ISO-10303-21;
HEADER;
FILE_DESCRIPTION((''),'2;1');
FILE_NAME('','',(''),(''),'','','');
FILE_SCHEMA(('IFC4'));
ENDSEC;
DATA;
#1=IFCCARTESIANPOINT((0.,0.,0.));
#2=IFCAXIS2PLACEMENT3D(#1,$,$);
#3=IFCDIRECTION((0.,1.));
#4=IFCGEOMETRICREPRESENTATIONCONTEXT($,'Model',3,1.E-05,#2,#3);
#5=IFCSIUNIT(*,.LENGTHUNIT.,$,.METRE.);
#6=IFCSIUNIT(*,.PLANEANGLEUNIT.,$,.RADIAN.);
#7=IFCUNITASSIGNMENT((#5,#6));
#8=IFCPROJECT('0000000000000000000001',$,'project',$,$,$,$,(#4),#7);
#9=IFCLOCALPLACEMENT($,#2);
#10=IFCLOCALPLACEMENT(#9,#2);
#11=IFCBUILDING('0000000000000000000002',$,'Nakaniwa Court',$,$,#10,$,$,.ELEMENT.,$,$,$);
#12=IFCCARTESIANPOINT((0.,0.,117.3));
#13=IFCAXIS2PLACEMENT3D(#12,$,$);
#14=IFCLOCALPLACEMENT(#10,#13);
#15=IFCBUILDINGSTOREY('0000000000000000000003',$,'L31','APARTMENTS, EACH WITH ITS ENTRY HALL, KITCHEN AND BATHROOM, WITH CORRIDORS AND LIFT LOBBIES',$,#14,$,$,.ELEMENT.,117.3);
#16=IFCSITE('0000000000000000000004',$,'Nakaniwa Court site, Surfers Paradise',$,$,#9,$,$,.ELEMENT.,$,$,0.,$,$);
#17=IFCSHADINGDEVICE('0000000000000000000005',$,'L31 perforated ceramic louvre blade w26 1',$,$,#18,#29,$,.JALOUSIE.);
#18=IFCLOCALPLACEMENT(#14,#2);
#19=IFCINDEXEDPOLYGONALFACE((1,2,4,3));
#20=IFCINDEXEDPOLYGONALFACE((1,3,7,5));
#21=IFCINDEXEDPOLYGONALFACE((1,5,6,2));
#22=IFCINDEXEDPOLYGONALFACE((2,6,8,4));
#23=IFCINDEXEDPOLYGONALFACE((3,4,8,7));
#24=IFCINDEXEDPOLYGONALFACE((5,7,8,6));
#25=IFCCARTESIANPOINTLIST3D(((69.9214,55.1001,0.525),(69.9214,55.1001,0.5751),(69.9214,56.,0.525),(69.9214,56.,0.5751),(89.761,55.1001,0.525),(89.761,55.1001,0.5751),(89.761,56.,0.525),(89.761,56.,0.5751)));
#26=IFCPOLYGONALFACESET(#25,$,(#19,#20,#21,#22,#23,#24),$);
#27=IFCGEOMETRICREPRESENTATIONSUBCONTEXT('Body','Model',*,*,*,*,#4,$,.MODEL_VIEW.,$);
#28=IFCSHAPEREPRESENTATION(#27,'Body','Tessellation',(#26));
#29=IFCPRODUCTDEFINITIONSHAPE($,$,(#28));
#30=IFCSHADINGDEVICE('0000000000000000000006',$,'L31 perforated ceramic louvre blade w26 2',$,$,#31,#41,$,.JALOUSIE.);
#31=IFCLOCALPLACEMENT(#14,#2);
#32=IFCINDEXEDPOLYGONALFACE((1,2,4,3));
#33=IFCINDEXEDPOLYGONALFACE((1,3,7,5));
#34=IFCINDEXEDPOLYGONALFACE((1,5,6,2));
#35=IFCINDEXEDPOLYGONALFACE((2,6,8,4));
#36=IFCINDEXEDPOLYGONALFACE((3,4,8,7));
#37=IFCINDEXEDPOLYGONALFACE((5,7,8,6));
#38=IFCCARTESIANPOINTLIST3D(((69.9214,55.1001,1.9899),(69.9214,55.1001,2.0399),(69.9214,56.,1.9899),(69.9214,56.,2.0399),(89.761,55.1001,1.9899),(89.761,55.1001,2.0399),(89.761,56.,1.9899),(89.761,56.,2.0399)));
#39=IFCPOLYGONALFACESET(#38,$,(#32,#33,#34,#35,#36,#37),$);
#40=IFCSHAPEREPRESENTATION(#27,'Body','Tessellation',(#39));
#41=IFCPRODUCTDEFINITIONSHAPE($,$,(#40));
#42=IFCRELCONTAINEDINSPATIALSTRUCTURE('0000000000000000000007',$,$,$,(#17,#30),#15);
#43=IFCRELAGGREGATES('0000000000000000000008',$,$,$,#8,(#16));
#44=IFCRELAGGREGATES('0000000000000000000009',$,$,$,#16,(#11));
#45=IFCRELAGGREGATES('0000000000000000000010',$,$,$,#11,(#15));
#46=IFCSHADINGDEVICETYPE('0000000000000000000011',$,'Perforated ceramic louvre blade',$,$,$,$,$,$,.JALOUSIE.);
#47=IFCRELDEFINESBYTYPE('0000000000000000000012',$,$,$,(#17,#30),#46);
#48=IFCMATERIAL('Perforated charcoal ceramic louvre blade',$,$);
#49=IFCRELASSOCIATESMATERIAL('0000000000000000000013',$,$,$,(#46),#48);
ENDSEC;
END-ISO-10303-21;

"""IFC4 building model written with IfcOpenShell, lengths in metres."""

from ifc_helpers import new_model, si_unit, direction, frame, origin, origin_2d, place, context, subcontext, project, spatial, rectangle, extrude, material, material_profile, profile_set, type_object, element, save


model = new_model("IFC4")

# Units and contexts
model_context = context("Model", 3, precision=1e-05, world=origin(), true_north=direction((0.0, 1.0)))
body_context = subcontext(model_context, "Body", "Model", "MODEL_VIEW")
ifc_project = project(units=[si_unit("LENGTHUNIT", "METRE"), si_unit("PLANEANGLEUNIT", "RADIAN")], contexts=[model_context])

# Site, building, storey
site_placement = place(None, origin())
site = spatial("IfcSite", under=ifc_project, at=site_placement, Name="Nakaniwa Court site, Surfers Paradise", CompositionType="ELEMENT", RefElevation=0.0)
building_placement = place(site_placement, origin())
building = spatial("IfcBuilding", under=site, at=building_placement, Name="Nakaniwa Court", CompositionType="ELEMENT")
storey_placement = place(building_placement, frame((0.0, 0.0, 117.3)))
storey = spatial("IfcBuildingStorey", under=building, at=storey_placement, Name="L31", Description="APARTMENTS, EACH WITH ITS ENTRY HALL, KITCHEN AND BATHROOM, WITH CORRIDORS AND LIFT LOBBIES", CompositionType="ELEMENT", Elevation=117.3)

# Shading devices
ifc_material_1 = material(Name="Perforated charcoal ceramic louvre blade")
ifc_material_profile_1 = material_profile(ifc_material_1, rectangle(XDim=0.8999, YDim=0.05, at=origin_2d()), Name="Perforated ceramic louvre blade")
ifc_profile_set_1 = profile_set([ifc_material_profile_1], Name="Perforated charcoal ceramic louvre blade")
shading_device_type = type_object("IfcShadingDeviceType", Name="Perforated ceramic louvre blade", PredefinedType="JALOUSIE", material=ifc_profile_set_1)
for number, where, z_axis, x_axis, name in (
    (1, (69.9214, 55.55, 0.55), (1.0, 0.0, 0.0), (0.0, 1.0, 0.0), "L31 perforated ceramic louvre blade w26 1"),
    (2, (69.9214, 55.55, 2.0149), (1.0, 0.0, 0.0), (0.0, 1.0, 0.0), "L31 perforated ceramic louvre blade w26 2"),
):
    element("IfcShadingDevice", number, at=place(storey_placement, frame(where, z_axis=z_axis, x_axis=x_axis)), inside=storey, type_object=shading_device_type, Name=name, PredefinedType="JALOUSIE", context=body_context, shape_type="SweptSolid", body=[
        extrude(rectangle(XDim=0.8999, YDim=0.05, at=origin_2d()), origin(), (0.0, 0.0, 1.0), 19.8396),
    ])

save(model, "model.ifc")
